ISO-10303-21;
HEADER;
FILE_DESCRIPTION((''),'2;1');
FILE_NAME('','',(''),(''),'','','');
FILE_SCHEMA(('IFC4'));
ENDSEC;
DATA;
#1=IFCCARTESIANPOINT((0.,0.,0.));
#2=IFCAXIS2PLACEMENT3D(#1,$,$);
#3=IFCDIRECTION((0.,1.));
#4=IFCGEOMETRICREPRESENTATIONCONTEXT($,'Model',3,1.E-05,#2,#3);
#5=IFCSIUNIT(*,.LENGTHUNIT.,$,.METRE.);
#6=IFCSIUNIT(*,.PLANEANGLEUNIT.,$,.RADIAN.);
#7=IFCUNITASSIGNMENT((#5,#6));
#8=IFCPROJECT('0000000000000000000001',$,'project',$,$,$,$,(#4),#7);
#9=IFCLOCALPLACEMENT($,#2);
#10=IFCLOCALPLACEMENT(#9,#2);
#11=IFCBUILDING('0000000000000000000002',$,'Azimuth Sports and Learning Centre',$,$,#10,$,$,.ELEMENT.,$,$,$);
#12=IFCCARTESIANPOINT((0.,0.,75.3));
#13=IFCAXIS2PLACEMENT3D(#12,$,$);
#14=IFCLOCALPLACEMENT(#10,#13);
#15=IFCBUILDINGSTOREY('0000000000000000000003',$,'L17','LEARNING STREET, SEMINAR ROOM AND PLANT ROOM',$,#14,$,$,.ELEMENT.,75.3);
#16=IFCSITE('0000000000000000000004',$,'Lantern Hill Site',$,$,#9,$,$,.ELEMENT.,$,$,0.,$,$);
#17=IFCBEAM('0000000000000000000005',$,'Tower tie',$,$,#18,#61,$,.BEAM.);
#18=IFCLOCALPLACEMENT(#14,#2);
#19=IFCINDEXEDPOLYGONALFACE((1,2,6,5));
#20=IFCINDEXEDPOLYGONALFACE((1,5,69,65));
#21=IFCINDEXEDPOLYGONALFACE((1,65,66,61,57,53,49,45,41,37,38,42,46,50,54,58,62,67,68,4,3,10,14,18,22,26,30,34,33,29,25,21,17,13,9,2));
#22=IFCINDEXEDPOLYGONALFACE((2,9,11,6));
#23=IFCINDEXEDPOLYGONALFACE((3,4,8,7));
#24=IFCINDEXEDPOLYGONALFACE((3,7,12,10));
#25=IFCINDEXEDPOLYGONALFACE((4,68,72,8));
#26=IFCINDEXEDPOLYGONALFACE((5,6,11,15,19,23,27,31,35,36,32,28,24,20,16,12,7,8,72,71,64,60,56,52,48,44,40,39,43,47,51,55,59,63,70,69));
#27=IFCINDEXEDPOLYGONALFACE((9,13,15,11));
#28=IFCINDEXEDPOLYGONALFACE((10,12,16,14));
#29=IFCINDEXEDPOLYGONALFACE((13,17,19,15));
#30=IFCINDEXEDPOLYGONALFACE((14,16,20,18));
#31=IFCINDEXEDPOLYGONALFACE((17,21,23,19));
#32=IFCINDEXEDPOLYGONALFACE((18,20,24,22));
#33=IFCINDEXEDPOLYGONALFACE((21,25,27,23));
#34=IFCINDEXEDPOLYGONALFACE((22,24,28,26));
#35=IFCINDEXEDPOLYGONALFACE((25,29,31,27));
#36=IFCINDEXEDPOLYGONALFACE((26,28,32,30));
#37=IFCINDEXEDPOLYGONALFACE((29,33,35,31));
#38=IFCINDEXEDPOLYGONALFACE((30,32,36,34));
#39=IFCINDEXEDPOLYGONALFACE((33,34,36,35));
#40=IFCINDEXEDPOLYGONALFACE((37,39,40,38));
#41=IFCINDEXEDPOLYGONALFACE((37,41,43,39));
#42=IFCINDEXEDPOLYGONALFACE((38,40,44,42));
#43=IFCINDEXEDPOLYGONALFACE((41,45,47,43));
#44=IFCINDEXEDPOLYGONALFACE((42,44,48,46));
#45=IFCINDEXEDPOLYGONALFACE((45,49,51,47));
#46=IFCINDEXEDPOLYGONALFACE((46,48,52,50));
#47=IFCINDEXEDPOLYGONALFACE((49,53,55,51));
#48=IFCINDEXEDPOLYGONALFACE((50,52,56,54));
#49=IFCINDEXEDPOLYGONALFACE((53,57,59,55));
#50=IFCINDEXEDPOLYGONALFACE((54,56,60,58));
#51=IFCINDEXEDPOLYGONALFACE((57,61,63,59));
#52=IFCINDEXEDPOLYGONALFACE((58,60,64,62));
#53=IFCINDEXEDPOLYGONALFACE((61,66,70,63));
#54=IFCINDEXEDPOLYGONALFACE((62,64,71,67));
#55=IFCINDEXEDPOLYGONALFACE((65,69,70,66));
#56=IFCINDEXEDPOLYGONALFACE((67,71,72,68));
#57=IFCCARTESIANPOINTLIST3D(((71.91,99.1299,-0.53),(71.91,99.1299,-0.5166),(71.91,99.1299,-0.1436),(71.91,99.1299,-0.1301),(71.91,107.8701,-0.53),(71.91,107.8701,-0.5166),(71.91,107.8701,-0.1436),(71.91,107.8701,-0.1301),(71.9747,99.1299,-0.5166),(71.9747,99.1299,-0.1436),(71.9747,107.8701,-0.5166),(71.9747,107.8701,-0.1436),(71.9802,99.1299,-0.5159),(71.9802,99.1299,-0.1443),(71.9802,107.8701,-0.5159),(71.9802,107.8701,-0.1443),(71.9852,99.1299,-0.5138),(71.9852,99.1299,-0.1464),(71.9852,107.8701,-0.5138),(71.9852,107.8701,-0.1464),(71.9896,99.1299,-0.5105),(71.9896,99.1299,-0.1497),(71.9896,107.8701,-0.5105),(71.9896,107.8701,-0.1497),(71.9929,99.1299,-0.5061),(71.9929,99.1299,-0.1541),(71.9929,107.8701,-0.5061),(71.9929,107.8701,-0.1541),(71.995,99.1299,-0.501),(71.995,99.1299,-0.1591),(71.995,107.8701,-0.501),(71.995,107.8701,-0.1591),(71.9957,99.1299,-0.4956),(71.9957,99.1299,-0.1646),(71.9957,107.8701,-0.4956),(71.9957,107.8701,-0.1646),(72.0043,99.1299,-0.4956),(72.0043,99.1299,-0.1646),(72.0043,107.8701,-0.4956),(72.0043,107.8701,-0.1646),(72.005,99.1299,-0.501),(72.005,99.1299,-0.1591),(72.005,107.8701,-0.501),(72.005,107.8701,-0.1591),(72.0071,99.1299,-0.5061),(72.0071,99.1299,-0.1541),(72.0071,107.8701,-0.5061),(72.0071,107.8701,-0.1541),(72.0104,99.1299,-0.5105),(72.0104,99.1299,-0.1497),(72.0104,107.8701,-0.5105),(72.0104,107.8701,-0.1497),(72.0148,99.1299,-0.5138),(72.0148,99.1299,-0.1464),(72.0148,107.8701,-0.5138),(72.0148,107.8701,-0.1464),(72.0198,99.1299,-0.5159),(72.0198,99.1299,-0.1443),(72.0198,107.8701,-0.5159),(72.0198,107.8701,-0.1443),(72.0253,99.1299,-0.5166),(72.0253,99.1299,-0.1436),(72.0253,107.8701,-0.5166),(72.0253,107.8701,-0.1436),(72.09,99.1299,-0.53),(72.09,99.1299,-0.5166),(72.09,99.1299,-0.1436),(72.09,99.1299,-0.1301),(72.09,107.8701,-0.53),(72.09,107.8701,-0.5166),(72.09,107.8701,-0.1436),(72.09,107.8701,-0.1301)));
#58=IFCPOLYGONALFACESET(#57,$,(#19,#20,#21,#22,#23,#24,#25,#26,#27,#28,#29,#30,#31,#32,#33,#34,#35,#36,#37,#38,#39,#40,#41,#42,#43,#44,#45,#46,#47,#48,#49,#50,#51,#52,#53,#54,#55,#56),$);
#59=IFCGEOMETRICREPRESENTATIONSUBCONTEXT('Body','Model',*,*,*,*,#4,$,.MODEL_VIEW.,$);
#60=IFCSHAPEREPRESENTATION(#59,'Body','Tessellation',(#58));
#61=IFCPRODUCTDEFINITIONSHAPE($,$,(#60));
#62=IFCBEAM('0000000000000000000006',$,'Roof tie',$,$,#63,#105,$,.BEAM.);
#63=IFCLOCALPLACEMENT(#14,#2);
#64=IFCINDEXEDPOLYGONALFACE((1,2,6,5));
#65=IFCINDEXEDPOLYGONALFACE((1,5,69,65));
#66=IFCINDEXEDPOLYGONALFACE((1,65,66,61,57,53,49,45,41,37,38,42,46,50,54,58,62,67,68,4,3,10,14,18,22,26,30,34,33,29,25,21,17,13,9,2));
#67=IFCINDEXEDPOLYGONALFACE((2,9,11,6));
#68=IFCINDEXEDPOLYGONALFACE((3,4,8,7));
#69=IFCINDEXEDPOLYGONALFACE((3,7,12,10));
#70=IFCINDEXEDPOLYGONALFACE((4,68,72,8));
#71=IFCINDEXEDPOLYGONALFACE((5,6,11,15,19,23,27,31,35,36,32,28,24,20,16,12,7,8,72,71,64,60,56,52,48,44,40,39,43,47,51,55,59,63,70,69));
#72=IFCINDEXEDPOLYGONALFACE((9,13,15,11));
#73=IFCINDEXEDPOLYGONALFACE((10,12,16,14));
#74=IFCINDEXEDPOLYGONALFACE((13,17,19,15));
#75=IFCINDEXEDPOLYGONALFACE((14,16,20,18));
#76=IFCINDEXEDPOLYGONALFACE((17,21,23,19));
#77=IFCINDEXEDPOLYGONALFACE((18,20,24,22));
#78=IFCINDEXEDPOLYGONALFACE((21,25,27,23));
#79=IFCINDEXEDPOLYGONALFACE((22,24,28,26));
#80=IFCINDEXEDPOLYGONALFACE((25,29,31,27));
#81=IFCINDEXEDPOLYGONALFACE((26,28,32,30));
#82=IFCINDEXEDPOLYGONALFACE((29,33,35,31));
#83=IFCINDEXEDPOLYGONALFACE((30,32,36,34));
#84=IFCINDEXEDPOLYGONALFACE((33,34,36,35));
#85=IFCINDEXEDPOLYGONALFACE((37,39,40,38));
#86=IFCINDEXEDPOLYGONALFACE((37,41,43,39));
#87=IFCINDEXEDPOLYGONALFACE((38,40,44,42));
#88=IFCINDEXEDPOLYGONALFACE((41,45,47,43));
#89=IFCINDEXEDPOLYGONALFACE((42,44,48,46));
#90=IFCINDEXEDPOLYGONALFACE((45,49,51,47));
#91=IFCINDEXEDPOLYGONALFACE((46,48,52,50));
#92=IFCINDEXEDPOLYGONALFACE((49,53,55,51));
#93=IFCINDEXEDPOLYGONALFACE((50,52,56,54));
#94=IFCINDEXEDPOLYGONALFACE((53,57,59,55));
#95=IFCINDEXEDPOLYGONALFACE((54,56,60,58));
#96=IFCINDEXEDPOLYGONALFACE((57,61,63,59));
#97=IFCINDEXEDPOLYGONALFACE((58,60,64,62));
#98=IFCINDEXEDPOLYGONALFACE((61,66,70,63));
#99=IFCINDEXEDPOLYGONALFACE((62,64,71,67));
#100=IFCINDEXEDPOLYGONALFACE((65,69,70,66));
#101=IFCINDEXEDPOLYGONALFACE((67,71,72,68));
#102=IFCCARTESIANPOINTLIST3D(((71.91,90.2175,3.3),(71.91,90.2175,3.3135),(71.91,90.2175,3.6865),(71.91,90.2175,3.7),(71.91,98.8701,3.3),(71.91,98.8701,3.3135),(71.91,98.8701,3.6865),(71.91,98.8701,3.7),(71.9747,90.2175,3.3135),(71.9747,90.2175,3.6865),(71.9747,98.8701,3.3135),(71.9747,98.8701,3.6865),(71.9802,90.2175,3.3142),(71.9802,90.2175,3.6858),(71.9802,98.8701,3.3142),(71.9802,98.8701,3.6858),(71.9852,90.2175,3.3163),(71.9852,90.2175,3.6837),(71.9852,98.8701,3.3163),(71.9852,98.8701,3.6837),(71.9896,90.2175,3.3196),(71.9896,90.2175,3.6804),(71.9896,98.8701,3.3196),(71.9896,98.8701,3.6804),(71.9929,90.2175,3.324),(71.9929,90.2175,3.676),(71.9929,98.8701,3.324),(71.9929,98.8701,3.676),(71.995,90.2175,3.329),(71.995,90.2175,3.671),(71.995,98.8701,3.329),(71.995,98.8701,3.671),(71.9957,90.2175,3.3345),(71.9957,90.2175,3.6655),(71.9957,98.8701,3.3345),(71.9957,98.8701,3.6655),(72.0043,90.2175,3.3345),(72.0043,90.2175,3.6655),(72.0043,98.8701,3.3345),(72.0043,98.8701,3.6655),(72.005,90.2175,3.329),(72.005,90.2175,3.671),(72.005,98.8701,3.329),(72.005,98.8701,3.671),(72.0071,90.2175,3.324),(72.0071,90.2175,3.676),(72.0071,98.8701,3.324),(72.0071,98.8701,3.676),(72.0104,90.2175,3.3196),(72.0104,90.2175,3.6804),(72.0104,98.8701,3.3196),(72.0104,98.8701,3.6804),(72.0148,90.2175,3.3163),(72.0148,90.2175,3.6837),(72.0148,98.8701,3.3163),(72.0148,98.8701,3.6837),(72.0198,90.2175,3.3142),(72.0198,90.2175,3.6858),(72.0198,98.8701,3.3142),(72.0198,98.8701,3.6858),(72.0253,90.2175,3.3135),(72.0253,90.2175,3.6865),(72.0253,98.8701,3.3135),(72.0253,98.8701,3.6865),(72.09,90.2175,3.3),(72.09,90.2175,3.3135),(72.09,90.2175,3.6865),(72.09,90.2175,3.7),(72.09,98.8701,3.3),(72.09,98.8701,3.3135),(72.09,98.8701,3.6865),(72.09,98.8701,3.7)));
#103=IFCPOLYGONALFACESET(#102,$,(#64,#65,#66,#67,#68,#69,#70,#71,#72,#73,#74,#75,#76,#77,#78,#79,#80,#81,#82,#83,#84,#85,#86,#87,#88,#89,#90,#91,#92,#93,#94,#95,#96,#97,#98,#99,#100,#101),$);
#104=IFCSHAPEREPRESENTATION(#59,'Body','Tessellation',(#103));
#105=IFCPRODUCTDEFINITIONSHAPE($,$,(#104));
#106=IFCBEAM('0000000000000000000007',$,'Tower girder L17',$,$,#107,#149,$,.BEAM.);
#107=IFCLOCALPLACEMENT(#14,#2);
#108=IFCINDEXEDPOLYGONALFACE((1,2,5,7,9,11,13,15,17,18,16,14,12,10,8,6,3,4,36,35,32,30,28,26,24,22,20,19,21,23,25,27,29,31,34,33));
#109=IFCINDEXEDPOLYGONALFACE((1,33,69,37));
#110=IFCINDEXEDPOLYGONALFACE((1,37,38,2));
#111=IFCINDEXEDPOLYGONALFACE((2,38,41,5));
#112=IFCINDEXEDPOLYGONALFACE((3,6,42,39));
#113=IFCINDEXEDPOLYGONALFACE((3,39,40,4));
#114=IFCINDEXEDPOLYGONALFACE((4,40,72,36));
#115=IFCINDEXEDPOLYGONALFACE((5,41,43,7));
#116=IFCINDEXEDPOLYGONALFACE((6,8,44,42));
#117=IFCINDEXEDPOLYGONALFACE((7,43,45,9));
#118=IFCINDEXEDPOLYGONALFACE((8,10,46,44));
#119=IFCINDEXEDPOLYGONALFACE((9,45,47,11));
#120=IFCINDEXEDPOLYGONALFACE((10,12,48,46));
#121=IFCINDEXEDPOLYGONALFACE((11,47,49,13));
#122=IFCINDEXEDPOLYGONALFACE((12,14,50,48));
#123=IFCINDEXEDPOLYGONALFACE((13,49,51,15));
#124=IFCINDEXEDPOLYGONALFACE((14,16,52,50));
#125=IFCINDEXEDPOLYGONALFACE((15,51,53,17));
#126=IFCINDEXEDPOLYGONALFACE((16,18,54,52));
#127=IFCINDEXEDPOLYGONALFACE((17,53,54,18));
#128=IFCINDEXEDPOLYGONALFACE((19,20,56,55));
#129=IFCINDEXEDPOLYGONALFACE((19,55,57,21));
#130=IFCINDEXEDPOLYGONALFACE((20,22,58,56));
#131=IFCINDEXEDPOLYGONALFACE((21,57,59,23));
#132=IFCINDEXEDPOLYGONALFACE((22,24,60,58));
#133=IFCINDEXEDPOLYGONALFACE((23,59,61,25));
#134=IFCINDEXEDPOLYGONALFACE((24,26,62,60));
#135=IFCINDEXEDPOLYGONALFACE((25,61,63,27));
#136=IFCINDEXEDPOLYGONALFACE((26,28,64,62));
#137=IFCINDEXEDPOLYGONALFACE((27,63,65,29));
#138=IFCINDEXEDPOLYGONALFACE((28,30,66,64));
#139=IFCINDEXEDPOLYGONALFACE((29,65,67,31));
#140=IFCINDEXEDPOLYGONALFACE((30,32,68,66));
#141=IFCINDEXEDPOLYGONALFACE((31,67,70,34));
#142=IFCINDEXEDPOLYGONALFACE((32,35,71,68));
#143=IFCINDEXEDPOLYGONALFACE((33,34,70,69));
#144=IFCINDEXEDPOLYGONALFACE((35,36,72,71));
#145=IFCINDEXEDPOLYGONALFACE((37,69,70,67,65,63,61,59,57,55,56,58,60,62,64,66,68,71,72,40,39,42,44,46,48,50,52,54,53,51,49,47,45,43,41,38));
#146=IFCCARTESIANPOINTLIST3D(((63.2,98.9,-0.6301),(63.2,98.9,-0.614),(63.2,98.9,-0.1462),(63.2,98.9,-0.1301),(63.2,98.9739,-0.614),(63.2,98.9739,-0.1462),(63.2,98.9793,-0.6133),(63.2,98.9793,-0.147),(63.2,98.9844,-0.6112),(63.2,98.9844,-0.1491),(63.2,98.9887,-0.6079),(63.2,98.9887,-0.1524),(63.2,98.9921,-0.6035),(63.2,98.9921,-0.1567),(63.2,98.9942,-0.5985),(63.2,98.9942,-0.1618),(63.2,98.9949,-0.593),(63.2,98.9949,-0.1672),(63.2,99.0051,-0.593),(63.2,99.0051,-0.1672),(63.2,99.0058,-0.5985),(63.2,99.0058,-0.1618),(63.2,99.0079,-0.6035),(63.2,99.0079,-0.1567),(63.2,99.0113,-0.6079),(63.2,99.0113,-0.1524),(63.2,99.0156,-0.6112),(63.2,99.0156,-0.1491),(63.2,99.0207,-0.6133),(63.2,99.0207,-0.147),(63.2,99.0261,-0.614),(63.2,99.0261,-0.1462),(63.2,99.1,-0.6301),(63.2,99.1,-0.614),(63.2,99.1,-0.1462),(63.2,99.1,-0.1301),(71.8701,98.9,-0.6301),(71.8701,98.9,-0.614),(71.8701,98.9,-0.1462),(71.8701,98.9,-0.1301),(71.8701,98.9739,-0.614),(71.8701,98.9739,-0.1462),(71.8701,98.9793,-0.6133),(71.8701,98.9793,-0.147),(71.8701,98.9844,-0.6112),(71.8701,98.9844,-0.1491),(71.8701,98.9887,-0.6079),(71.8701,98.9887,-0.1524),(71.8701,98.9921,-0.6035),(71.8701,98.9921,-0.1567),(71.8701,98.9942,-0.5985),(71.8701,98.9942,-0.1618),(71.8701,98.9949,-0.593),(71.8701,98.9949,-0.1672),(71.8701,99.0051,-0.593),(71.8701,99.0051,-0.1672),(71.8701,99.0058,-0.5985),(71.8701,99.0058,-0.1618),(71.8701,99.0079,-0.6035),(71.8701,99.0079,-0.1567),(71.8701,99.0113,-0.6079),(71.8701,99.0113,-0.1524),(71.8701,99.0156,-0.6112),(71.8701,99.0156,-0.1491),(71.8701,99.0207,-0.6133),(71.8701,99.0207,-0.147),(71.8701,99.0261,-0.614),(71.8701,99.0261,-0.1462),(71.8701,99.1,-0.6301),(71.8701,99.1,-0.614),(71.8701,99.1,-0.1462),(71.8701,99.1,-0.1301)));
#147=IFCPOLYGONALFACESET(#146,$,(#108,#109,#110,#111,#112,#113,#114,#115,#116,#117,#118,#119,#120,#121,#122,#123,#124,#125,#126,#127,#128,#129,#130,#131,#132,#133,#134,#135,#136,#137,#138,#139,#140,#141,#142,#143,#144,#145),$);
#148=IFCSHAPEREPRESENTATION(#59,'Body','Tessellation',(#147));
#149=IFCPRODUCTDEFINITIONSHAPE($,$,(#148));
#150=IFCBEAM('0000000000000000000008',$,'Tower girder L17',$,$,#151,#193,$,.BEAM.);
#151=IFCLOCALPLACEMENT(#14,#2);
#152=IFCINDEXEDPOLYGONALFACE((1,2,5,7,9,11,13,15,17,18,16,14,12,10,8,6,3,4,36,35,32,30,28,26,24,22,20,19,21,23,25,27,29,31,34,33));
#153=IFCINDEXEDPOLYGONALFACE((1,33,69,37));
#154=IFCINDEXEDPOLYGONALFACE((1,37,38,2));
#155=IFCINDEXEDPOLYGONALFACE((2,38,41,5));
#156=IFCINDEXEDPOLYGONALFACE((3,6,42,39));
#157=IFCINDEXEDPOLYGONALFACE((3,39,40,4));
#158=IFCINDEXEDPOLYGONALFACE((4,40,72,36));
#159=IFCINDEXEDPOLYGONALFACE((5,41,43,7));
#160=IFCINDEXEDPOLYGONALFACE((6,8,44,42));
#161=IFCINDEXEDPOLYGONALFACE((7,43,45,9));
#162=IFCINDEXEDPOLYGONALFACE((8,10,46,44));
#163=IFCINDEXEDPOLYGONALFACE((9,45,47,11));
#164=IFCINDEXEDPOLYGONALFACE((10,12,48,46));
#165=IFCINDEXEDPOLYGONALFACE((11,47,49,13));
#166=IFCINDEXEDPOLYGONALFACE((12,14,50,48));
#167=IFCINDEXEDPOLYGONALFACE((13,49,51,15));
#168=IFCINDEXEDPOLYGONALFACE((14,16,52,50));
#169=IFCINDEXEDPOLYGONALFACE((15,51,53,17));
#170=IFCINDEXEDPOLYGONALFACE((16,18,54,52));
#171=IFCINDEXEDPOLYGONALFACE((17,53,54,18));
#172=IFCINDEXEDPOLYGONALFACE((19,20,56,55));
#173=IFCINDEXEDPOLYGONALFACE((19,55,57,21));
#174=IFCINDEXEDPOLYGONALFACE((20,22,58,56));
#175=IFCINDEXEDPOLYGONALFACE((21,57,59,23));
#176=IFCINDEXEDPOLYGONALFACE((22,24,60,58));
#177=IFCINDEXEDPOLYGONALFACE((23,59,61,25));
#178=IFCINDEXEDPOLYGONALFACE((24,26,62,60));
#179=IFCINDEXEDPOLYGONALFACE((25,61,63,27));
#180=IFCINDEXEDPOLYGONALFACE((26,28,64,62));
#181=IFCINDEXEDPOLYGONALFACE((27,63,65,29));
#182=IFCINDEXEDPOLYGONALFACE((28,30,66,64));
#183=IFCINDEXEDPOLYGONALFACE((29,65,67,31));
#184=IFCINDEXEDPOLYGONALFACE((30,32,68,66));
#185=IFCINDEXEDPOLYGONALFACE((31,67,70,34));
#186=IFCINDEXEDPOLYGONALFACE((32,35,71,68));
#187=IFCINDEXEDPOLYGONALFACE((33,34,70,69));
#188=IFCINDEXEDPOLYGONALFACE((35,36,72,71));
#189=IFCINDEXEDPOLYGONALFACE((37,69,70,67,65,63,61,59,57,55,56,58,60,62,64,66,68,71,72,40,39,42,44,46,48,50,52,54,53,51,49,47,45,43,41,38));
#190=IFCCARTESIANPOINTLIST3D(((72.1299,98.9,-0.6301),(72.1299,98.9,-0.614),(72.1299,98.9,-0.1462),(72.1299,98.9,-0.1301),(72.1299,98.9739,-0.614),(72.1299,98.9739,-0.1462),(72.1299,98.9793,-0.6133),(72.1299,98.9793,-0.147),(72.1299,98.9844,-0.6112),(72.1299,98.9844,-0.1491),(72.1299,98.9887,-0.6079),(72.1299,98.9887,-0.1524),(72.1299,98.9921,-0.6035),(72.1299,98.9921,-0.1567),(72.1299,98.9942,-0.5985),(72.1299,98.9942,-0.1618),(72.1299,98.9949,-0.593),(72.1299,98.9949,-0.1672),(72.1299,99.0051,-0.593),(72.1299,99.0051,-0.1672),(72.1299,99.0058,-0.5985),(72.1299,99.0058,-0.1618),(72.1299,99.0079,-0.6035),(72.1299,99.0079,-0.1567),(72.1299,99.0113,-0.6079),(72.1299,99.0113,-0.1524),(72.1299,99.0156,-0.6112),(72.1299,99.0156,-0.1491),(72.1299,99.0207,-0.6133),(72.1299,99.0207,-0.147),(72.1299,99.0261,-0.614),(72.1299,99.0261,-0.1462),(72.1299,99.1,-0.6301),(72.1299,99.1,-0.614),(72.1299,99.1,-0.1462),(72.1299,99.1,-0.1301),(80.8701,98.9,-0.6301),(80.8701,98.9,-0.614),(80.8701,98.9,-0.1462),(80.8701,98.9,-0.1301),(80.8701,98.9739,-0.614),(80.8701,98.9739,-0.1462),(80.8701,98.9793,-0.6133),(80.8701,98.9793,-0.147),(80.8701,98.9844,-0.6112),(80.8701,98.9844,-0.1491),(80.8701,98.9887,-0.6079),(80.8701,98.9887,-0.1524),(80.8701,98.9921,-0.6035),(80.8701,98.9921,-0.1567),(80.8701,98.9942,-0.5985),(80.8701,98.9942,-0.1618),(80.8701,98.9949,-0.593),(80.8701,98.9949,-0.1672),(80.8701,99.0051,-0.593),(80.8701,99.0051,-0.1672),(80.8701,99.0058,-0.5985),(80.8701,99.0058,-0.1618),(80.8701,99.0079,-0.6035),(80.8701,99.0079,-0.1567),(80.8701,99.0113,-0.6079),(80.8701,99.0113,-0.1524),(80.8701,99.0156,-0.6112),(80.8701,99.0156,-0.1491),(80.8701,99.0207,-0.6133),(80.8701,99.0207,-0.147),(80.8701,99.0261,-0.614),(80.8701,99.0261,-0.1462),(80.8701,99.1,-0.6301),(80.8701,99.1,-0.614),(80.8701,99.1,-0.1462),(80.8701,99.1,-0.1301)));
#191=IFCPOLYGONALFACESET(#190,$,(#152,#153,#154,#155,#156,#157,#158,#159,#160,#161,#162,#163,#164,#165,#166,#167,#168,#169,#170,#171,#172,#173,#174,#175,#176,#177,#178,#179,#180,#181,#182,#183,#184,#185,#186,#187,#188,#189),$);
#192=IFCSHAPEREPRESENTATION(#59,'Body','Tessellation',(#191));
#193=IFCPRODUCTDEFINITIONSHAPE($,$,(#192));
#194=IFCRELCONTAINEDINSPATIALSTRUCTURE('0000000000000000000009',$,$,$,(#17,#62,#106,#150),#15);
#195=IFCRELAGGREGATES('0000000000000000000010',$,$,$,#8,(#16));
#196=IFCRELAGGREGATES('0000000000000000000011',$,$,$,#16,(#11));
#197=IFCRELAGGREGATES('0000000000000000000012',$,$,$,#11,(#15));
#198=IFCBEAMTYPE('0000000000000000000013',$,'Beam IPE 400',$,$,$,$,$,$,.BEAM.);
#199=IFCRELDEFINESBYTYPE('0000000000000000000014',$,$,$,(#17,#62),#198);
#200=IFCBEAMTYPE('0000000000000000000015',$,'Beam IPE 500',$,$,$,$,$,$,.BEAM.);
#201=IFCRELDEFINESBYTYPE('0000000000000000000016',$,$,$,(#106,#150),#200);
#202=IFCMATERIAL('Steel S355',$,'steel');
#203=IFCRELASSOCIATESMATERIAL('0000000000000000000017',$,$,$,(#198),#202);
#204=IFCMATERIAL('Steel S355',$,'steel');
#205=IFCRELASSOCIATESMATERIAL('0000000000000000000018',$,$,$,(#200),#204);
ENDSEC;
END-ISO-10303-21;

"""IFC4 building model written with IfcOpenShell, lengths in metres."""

from ifc_helpers import new_model, si_unit, direction, frame, origin, origin_2d, place, context, subcontext, project, spatial, i_section, extrude, material, material_profile, profile_set, type_object, element, save


model = new_model("IFC4")

# Units and contexts
model_context = context("Model", 3, precision=1e-05, world=origin(), true_north=direction((0.0, 1.0)))
body_context = subcontext(model_context, "Body", "Model", "MODEL_VIEW")
ifc_project = project(units=[si_unit("LENGTHUNIT", "METRE"), si_unit("PLANEANGLEUNIT", "RADIAN")], contexts=[model_context])

# Site, building, storey
site_placement = place(None, origin())
site = spatial("IfcSite", under=ifc_project, at=site_placement, Name="Lantern Hill Site", CompositionType="ELEMENT", RefElevation=0.0)
building_placement = place(site_placement, origin())
building = spatial("IfcBuilding", under=site, at=building_placement, Name="Azimuth Sports and Learning Centre", CompositionType="ELEMENT")
storey_placement = place(building_placement, frame((0.0, 0.0, 75.3)))
storey = spatial("IfcBuildingStorey", under=building, at=storey_placement, Name="L17", Description="LEARNING STREET, SEMINAR ROOM AND PLANT ROOM", CompositionType="ELEMENT", Elevation=75.3)

# Beams
ifc_material_1 = material(Name="Steel S355", Category="steel")
ifc_material_profile_1 = material_profile(ifc_material_1, i_section(OverallWidth=0.1799, OverallDepth=0.3999, WebThickness=0.0085, FlangeThickness=0.0134, FilletRadius=0.021, at=origin_2d()), Name="IPE 400")
ifc_profile_set_1 = profile_set([ifc_material_profile_1], Name="Steel S355")
beam_type_1 = type_object("IfcBeamType", Name="Beam IPE 400", PredefinedType="BEAM", material=ifc_profile_set_1)
beam_1_placement = place(storey_placement, frame((72.0, 99.1299, -0.3301), z_axis=(0.0, 1.0, 0.0), x_axis=(-1.0, 0.0, 0.0)))
element("IfcBeam", 1, at=beam_1_placement, inside=storey, type_object=beam_type_1, Name="Tower tie", PredefinedType="BEAM", context=body_context, shape_type="SweptSolid", body=[
    extrude(i_section(OverallWidth=0.1799, OverallDepth=0.3999, WebThickness=0.0085, FlangeThickness=0.0134, FilletRadius=0.021, at=origin_2d()), origin(), (0.0, 0.0, 1.0), 8.7402),
])
beam_2_placement = place(storey_placement, frame((72.0, 90.2175, 3.5), z_axis=(0.0, 1.0, 0.0), x_axis=(-1.0, 0.0, 0.0)))
element("IfcBeam", 2, at=beam_2_placement, inside=storey, type_object=beam_type_1, Name="Roof tie", PredefinedType="BEAM", context=body_context, shape_type="SweptSolid", body=[
    extrude(i_section(OverallWidth=0.1799, OverallDepth=0.3999, WebThickness=0.0085, FlangeThickness=0.0134, FilletRadius=0.021, at=origin_2d()), origin(), (0.0, 0.0, 1.0), 8.6526),
])
ifc_material_2 = material(Name="Steel S355", Category="steel")
ifc_material_profile_2 = material_profile(ifc_material_2, i_section(OverallWidth=0.2, OverallDepth=0.5, WebThickness=0.0103, FlangeThickness=0.0161, FilletRadius=0.021, at=origin_2d()), Name="IPE 500")
ifc_profile_set_2 = profile_set([ifc_material_profile_2], Name="Steel S355")
beam_type_2 = type_object("IfcBeamType", Name="Beam IPE 500", PredefinedType="BEAM", material=ifc_profile_set_2)
beam_3_placement = place(storey_placement, frame((63.2, 99.0, -0.3801), z_axis=(1.0, 0.0, 0.0), x_axis=(0.0, 1.0, 0.0)))
element("IfcBeam", 3, at=beam_3_placement, inside=storey, type_object=beam_type_2, Name="Tower girder L17", PredefinedType="BEAM", context=body_context, shape_type="SweptSolid", body=[
    extrude(i_section(OverallWidth=0.2, OverallDepth=0.5, WebThickness=0.0103, FlangeThickness=0.0161, FilletRadius=0.021, at=origin_2d()), origin(), (0.0, 0.0, 1.0), 8.6702),
])
beam_4_placement = place(storey_placement, frame((72.1299, 99.0, -0.3801), z_axis=(1.0, 0.0, 0.0), x_axis=(0.0, 1.0, 0.0)))
element("IfcBeam", 4, at=beam_4_placement, inside=storey, type_object=beam_type_2, Name="Tower girder L17", PredefinedType="BEAM", context=body_context, shape_type="SweptSolid", body=[
    extrude(i_section(OverallWidth=0.2, OverallDepth=0.5, WebThickness=0.0103, FlangeThickness=0.0161, FilletRadius=0.021, at=origin_2d()), origin(), (0.0, 0.0, 1.0), 8.7402),
])

save(model, "model.ifc")
